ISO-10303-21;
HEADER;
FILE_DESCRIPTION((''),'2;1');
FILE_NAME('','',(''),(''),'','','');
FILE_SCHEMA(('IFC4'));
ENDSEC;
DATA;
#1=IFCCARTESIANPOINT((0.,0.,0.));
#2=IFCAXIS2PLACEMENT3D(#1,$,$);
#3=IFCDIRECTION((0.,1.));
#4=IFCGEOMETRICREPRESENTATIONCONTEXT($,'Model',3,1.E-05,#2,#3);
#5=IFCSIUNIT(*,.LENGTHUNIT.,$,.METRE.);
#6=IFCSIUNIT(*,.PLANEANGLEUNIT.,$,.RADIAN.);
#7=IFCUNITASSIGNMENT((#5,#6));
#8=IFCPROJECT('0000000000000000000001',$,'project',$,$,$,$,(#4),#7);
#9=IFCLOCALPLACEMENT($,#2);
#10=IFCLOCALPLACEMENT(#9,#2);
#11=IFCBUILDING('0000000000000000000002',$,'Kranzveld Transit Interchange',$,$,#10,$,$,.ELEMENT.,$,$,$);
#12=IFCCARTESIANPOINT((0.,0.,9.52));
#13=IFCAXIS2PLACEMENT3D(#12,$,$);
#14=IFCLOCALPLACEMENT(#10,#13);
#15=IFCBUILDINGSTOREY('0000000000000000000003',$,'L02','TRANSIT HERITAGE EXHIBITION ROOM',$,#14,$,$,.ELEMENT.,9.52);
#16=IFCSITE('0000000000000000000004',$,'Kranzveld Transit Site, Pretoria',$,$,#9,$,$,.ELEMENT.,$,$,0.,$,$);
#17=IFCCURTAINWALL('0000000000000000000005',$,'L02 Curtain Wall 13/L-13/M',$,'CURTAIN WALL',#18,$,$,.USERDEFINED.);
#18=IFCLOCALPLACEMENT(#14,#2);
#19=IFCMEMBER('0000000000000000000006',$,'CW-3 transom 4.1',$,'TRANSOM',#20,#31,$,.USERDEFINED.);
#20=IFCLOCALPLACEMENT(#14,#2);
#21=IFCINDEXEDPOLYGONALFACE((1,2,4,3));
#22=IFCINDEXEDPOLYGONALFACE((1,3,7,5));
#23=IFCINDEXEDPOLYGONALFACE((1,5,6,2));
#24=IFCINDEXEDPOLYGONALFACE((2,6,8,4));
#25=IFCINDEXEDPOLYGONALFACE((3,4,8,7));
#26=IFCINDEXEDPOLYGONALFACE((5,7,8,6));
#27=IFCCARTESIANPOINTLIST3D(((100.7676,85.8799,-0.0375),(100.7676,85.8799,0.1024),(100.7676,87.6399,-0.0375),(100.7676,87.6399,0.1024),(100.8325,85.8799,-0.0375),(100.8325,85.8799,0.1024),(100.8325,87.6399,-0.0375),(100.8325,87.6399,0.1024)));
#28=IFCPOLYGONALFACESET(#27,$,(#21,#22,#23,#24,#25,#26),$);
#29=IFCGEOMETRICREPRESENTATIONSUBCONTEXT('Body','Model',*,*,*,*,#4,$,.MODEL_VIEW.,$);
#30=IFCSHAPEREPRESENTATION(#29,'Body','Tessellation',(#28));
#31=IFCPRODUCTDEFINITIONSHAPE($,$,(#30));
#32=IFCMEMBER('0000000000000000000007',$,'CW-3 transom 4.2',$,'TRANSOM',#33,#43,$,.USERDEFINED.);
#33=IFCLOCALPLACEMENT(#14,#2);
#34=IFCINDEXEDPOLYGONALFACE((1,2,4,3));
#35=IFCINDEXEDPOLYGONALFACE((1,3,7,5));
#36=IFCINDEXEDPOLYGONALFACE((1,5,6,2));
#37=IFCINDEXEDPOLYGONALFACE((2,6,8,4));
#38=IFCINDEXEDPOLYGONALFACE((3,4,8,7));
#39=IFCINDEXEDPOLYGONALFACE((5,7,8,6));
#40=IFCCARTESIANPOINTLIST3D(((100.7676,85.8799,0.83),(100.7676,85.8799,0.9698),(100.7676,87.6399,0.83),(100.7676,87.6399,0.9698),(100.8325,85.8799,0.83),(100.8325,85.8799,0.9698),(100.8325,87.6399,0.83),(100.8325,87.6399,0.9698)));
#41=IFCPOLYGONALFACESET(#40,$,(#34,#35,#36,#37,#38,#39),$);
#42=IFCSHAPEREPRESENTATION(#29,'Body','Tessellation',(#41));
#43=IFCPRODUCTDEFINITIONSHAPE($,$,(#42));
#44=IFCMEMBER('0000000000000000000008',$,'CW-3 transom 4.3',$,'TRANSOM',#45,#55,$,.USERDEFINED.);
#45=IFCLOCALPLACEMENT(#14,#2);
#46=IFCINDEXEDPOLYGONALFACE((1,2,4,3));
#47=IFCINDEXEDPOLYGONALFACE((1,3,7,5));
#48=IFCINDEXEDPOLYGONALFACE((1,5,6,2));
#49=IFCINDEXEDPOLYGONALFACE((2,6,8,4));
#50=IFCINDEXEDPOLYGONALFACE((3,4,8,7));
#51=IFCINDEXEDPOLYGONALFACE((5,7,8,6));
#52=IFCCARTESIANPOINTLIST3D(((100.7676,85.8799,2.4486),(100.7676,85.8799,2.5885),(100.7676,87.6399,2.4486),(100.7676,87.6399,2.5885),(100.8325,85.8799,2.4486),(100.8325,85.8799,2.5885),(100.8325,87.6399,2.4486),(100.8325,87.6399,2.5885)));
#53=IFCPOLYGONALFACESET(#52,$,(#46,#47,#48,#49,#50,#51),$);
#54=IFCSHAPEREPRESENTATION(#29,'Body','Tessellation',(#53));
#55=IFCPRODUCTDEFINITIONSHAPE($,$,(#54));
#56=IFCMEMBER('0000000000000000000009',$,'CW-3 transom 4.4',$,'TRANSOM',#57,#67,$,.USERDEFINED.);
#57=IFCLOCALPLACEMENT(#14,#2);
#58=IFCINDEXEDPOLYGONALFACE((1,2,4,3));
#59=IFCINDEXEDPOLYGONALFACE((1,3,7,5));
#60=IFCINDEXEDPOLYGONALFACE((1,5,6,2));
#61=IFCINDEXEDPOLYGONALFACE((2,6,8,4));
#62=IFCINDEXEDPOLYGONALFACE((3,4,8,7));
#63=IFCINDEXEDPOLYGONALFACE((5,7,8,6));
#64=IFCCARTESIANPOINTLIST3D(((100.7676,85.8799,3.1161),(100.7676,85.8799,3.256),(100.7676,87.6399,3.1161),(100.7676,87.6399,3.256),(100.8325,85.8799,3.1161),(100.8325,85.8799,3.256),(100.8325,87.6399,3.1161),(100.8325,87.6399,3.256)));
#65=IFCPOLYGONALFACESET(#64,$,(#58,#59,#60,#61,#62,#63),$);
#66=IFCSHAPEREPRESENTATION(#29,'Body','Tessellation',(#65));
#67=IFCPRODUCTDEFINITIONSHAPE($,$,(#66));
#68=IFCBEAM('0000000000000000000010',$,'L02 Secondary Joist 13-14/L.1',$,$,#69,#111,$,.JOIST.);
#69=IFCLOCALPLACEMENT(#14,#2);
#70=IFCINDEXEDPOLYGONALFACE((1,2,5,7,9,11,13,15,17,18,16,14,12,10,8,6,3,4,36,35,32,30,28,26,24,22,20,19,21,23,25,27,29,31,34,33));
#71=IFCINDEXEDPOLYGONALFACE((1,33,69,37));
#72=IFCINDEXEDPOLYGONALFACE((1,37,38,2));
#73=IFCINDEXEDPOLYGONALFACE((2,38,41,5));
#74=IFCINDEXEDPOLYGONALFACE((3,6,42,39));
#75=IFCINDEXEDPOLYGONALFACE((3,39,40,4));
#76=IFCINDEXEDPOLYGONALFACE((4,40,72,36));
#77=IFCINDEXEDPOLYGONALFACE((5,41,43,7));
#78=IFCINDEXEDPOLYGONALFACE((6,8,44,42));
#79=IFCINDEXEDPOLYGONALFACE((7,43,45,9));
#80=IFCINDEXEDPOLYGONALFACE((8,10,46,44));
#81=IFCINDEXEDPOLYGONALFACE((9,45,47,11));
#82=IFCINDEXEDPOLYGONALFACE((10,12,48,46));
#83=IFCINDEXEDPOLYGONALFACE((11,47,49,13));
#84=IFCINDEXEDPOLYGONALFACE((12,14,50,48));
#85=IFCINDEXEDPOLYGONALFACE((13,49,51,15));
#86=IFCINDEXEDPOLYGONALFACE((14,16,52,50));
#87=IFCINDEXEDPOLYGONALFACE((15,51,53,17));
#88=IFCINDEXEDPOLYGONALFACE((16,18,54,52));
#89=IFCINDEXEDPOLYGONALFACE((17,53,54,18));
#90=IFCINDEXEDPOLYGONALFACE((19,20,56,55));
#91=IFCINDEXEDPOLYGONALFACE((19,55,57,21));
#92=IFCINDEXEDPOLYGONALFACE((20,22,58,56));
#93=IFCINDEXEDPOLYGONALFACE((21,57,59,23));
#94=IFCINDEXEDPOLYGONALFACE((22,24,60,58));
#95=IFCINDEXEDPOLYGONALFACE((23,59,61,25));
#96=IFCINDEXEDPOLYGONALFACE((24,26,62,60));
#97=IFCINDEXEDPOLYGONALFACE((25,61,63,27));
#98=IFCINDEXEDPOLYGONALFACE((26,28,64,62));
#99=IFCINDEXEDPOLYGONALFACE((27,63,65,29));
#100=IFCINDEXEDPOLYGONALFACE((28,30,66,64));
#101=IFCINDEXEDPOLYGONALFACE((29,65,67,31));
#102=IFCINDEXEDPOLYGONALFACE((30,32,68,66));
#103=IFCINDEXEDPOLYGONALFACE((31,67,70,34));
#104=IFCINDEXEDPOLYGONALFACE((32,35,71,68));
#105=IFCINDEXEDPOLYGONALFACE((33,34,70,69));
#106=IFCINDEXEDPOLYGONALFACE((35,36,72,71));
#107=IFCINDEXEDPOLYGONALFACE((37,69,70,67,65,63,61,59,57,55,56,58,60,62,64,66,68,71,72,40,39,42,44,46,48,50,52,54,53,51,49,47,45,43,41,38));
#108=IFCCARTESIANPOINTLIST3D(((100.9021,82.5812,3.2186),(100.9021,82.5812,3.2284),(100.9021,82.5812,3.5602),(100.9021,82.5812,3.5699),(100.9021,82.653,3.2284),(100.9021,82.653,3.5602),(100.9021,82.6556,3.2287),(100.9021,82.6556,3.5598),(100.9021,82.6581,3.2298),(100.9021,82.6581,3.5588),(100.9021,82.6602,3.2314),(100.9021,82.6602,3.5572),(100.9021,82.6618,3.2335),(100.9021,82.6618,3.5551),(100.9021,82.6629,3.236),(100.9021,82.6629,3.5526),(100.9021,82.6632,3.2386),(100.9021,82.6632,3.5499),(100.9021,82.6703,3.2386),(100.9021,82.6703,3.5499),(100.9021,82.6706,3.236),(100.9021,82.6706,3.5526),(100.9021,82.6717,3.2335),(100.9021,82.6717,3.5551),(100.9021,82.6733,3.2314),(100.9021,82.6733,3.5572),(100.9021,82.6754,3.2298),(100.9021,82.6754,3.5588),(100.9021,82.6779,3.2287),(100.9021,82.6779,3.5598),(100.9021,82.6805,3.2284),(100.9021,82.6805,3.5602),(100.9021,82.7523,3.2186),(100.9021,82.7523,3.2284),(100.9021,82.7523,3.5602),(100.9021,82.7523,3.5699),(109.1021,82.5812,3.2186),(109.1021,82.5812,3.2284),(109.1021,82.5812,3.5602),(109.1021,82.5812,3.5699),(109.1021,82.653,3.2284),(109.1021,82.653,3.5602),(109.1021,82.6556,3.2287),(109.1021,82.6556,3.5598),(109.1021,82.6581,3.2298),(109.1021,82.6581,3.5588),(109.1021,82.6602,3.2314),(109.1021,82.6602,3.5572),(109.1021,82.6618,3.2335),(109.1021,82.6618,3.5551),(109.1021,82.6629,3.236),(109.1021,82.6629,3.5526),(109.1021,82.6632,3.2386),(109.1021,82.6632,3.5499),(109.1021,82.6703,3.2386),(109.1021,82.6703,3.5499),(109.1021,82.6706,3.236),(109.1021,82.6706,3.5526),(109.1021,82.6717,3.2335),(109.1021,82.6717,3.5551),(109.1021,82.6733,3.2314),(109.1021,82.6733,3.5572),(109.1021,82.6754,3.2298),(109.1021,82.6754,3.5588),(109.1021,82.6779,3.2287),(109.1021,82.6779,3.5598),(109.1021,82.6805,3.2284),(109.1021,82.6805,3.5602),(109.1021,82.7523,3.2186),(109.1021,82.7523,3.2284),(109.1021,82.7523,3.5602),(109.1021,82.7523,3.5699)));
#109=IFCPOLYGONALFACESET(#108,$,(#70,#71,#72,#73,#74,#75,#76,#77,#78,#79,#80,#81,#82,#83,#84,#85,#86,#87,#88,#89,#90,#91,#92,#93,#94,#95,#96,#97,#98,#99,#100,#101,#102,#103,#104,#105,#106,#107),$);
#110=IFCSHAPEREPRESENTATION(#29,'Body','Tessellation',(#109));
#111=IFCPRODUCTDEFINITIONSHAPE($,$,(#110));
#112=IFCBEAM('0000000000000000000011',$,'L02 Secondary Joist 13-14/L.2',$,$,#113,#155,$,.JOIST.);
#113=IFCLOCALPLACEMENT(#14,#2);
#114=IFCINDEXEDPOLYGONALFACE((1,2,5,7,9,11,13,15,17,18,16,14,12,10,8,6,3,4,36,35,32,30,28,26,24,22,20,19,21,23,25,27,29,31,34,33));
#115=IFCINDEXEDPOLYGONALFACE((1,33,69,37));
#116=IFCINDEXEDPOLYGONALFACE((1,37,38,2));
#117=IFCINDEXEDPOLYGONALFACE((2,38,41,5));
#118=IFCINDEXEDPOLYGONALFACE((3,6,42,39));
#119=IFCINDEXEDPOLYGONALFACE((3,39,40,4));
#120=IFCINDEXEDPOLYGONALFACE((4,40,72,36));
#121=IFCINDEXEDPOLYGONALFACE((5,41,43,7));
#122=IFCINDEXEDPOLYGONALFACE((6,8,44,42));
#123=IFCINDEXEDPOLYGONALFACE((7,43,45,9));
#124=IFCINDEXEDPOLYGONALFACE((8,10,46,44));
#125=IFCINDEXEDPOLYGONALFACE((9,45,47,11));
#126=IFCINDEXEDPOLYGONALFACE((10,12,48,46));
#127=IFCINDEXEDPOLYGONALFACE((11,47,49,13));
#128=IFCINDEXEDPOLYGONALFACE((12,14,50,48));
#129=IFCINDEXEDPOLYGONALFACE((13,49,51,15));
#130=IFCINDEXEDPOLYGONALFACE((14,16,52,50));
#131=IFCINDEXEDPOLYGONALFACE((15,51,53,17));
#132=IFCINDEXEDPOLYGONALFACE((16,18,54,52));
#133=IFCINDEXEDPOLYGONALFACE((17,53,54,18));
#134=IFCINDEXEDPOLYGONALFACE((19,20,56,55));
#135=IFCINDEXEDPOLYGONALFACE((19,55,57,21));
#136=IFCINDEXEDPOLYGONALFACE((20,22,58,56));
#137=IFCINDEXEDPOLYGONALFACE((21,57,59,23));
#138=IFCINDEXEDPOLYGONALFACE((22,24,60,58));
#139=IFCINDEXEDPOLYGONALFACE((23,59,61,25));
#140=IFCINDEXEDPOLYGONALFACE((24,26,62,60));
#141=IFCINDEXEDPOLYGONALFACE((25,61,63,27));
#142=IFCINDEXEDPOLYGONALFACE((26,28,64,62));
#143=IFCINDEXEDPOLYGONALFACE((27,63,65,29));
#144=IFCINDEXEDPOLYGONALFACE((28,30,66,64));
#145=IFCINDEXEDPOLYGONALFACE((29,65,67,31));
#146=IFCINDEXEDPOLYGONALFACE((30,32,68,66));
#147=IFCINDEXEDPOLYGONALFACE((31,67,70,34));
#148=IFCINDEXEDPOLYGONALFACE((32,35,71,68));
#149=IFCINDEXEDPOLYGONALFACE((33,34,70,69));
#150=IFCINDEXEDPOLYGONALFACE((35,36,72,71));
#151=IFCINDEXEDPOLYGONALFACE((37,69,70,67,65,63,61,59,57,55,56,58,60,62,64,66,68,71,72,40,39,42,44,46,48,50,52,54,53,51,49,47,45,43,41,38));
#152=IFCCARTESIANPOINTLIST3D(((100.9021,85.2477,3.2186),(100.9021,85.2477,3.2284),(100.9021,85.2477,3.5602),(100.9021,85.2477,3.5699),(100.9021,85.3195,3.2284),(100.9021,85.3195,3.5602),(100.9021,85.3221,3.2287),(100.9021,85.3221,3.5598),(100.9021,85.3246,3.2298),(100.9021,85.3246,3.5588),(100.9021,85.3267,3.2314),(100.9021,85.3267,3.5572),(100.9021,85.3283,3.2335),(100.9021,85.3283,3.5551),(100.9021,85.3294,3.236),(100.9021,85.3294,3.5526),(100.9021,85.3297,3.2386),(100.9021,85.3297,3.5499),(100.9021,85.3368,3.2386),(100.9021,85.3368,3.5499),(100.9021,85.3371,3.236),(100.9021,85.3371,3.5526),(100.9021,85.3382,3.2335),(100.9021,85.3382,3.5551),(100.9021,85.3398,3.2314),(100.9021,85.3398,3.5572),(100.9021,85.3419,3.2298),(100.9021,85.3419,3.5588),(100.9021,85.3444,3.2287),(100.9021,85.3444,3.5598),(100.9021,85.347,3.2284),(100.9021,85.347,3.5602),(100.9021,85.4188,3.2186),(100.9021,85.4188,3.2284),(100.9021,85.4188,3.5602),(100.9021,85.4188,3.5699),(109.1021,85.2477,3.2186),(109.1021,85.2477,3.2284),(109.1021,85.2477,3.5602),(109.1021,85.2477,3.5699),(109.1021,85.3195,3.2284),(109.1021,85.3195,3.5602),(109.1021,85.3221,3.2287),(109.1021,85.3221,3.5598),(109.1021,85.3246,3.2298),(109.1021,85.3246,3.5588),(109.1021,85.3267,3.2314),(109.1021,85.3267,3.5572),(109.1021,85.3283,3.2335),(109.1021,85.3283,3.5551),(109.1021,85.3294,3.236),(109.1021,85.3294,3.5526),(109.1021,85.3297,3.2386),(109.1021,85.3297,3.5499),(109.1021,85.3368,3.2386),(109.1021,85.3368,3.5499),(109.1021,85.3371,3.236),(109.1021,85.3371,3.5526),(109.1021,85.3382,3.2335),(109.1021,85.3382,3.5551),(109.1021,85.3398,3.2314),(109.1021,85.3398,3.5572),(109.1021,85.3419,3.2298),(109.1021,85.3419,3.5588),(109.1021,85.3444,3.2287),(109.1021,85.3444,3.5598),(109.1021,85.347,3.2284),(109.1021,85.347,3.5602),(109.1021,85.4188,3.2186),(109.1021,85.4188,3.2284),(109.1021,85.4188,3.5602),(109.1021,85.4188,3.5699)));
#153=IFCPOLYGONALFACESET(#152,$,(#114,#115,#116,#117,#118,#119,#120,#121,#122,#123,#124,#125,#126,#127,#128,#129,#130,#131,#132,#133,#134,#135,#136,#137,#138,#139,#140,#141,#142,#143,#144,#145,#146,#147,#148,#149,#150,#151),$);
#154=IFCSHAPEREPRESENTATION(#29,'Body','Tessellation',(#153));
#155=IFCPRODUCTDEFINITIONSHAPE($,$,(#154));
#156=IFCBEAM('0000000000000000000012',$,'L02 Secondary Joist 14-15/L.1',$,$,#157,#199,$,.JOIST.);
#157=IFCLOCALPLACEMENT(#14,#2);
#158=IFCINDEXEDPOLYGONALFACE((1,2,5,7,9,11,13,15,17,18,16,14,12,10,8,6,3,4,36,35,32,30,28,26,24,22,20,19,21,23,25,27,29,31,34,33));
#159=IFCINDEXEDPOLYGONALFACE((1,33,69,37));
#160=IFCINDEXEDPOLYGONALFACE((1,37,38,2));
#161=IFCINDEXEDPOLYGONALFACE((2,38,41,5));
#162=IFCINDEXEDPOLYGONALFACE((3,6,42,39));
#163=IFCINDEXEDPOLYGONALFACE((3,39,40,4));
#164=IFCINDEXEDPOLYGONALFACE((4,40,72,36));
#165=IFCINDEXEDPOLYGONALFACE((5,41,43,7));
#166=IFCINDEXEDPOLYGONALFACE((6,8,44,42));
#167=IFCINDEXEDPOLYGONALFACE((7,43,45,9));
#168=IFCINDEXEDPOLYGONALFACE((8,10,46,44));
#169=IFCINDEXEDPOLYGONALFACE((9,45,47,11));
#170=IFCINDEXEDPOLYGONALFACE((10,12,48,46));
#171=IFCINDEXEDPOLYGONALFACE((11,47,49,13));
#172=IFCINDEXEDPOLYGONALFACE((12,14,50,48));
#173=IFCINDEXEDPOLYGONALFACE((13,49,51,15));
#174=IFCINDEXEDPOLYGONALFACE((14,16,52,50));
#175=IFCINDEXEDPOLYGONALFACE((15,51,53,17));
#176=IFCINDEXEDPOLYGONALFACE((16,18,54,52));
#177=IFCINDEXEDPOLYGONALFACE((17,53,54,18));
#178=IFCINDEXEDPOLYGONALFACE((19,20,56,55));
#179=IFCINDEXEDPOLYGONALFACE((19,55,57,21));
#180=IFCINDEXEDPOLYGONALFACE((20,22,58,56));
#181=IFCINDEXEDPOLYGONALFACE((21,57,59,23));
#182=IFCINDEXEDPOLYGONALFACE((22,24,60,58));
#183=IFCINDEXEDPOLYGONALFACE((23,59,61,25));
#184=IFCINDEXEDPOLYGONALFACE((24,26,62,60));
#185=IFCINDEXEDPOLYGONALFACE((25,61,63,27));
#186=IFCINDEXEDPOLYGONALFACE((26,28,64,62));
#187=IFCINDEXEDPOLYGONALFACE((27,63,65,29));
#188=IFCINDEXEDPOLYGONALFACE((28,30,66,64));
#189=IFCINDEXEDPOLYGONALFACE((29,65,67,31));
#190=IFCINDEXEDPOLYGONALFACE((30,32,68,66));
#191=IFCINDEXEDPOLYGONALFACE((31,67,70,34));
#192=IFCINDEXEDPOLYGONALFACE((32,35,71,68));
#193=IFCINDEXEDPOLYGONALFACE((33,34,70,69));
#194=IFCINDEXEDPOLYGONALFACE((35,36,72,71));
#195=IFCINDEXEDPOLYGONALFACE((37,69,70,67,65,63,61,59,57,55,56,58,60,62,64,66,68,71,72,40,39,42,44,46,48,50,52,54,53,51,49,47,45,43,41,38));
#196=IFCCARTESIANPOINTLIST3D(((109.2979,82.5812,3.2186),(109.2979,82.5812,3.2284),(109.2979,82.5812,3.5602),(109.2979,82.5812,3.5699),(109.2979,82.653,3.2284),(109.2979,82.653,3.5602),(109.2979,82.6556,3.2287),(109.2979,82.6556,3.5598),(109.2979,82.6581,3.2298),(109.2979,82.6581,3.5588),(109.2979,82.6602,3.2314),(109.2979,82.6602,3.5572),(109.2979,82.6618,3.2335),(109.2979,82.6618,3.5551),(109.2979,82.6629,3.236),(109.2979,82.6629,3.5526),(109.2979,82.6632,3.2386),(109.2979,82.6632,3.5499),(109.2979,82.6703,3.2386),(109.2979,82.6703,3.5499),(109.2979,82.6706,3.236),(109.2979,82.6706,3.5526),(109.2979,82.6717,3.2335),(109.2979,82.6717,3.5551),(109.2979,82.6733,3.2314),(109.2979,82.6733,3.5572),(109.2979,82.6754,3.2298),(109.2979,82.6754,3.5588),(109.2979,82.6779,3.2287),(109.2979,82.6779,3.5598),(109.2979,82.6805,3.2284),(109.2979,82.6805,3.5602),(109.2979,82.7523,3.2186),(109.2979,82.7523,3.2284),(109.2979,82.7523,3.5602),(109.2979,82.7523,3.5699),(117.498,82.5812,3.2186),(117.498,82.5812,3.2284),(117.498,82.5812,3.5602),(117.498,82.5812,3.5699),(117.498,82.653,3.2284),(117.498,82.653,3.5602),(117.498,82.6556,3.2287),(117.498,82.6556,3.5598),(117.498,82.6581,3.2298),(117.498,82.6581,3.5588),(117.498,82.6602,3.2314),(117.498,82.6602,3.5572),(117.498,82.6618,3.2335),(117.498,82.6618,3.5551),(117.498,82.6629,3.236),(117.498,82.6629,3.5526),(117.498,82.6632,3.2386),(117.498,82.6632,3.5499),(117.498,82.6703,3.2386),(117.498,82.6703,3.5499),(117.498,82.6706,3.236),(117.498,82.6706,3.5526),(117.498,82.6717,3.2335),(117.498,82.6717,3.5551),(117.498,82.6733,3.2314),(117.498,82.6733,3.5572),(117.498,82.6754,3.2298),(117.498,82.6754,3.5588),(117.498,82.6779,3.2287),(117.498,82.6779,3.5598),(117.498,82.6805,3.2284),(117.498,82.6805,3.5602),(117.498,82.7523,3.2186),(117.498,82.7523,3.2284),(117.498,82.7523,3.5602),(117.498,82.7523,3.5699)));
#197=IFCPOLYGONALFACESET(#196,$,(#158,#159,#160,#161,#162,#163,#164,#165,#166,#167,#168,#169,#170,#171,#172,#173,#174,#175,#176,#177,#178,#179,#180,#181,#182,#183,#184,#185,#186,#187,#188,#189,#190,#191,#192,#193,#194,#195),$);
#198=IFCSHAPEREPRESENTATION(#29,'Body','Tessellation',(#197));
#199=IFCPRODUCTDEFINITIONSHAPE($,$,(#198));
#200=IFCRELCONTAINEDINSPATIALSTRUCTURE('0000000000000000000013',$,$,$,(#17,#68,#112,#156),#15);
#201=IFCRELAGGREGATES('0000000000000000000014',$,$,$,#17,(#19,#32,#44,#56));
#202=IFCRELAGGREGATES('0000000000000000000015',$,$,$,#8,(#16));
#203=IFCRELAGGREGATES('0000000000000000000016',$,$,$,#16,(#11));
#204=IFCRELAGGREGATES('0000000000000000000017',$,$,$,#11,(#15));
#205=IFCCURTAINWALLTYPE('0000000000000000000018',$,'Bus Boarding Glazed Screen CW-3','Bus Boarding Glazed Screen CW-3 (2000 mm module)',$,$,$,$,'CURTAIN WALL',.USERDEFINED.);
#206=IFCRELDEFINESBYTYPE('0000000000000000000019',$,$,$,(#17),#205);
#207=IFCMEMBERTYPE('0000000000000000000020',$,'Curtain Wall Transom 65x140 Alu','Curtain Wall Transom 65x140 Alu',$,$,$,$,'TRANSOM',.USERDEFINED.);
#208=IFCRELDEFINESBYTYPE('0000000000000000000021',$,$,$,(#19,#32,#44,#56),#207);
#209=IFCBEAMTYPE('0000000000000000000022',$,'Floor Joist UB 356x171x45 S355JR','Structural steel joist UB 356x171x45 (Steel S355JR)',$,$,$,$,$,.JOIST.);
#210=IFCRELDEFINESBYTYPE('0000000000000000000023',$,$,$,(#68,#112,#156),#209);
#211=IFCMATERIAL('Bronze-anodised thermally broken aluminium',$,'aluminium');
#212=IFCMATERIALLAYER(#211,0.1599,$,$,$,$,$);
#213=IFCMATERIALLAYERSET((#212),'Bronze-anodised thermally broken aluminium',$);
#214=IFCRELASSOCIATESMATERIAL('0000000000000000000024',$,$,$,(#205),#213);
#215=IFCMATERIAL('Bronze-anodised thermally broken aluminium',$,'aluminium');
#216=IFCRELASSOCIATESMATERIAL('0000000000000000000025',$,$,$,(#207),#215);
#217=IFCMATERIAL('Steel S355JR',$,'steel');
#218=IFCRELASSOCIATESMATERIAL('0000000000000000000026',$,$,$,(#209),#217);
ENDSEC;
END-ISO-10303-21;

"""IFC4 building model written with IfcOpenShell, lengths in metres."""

from ifc_helpers import new_model, si_unit, direction, frame, origin, origin_2d, place, context, subcontext, project, spatial, rectangle, i_section, extrude, material, layer, layer_set, material_profile, profile_set, type_object, element, aggregate, save


model = new_model("IFC4")

# Units and contexts
model_context = context("Model", 3, precision=1e-05, world=origin(), true_north=direction((0.0, 1.0)))
body_context = subcontext(model_context, "Body", "Model", "MODEL_VIEW")
ifc_project = project(units=[si_unit("LENGTHUNIT", "METRE"), si_unit("PLANEANGLEUNIT", "RADIAN")], contexts=[model_context])

# Site, building, storey
site_placement = place(None, origin())
site = spatial("IfcSite", under=ifc_project, at=site_placement, Name="Kranzveld Transit Site, Pretoria", CompositionType="ELEMENT", RefElevation=0.0)
building_placement = place(site_placement, origin())
building = spatial("IfcBuilding", under=site, at=building_placement, Name="Kranzveld Transit Interchange", CompositionType="ELEMENT")
storey_placement = place(building_placement, frame((0.0, 0.0, 9.52)))
storey = spatial("IfcBuildingStorey", under=building, at=storey_placement, Name="L02", Description="TRANSIT HERITAGE EXHIBITION ROOM", CompositionType="ELEMENT", Elevation=9.52)

# Curtain wall, members
ifc_material_1 = material(Name="Bronze-anodised thermally broken aluminium", Category="aluminium")
ifc_layer_1 = layer(ifc_material_1, 0.1599)
ifc_layer_set_1 = layer_set([ifc_layer_1], Name="Bronze-anodised thermally broken aluminium")
curtain_wall_type = type_object("IfcCurtainWallType", Name="Bus Boarding Glazed Screen CW-3", Description="Bus Boarding Glazed Screen CW-3 (2000 mm module)", ElementType="CURTAIN WALL", PredefinedType="USERDEFINED", material=ifc_layer_set_1)
curtain_wall_placement = place(storey_placement, origin())
curtain_wall = element("IfcCurtainWall", 1, at=curtain_wall_placement, inside=storey, type_object=curtain_wall_type, Name="L02 Curtain Wall 13/L-13/M", ObjectType="CURTAIN WALL", PredefinedType="USERDEFINED")
ifc_material_2 = material(Name="Bronze-anodised thermally broken aluminium", Category="aluminium")
ifc_material_profile_1 = material_profile(ifc_material_2, rectangle(XDim=0.0649, YDim=0.1399, at=origin_2d()), Name="ALU TRANSOM 65x140")
ifc_profile_set_1 = profile_set([ifc_material_profile_1], Name="Bronze-anodised thermally broken aluminium")
member_type_1 = type_object("IfcMemberType", Name="Curtain Wall Transom 65x140 Alu", Description="Curtain Wall Transom 65x140 Alu", ElementType="TRANSOM", PredefinedType="USERDEFINED", material=ifc_profile_set_1)
member_1_placement = place(storey_placement, frame((100.8, 85.8799, 0.0325), z_axis=(0.0, 1.0, 0.0), x_axis=(-1.0, 0.0, 0.0)))
member_1 = element("IfcMember", 2, at=member_1_placement, type_object=member_type_1, Name="CW-3 transom 4.1", ObjectType="TRANSOM", PredefinedType="USERDEFINED", context=body_context, shape_type="SweptSolid", body=[
    extrude(rectangle(XDim=0.0649, YDim=0.1399, at=origin_2d()), origin(), (0.0, 0.0, 1.0), 1.76),
])
member_2_placement = place(storey_placement, frame((100.8, 85.8799, 0.8999), z_axis=(0.0, 1.0, 0.0), x_axis=(-1.0, 0.0, 0.0)))
member_2 = element("IfcMember", 3, at=member_2_placement, type_object=member_type_1, Name="CW-3 transom 4.2", ObjectType="TRANSOM", PredefinedType="USERDEFINED", context=body_context, shape_type="SweptSolid", body=[
    extrude(rectangle(XDim=0.0649, YDim=0.1399, at=origin_2d()), origin(), (0.0, 0.0, 1.0), 1.76),
])
member_3_placement = place(storey_placement, frame((100.8, 85.8799, 2.5186), z_axis=(0.0, 1.0, 0.0), x_axis=(-1.0, 0.0, 0.0)))
member_3 = element("IfcMember", 4, at=member_3_placement, type_object=member_type_1, Name="CW-3 transom 4.3", ObjectType="TRANSOM", PredefinedType="USERDEFINED", context=body_context, shape_type="SweptSolid", body=[
    extrude(rectangle(XDim=0.0649, YDim=0.1399, at=origin_2d()), origin(), (0.0, 0.0, 1.0), 1.76),
])
member_4_placement = place(storey_placement, frame((100.8, 85.8799, 3.186), z_axis=(0.0, 1.0, 0.0), x_axis=(-1.0, 0.0, 0.0)))
member_4 = element("IfcMember", 5, at=member_4_placement, type_object=member_type_1, Name="CW-3 transom 4.4", ObjectType="TRANSOM", PredefinedType="USERDEFINED", context=body_context, shape_type="SweptSolid", body=[
    extrude(rectangle(XDim=0.0649, YDim=0.1399, at=origin_2d()), origin(), (0.0, 0.0, 1.0), 1.76),
])

# Beams
ifc_material_3 = material(Name="Steel S355JR", Category="steel")
ifc_material_profile_2 = material_profile(ifc_material_3, i_section(OverallWidth=0.1711, OverallDepth=0.3513, WebThickness=0.0071, FlangeThickness=0.0098, FilletRadius=0.0103, at=origin_2d()), Name="UB 356x171x45")
ifc_profile_set_2 = profile_set([ifc_material_profile_2], Name="Steel S355JR")
beam_type_1 = type_object("IfcBeamType", Name="Floor Joist UB 356x171x45 S355JR", Description="Structural steel joist UB 356x171x45 (Steel S355JR)", PredefinedType="JOIST", material=ifc_profile_set_2)
for number, where, z_axis, x_axis, name in (
    (6, (100.9021, 82.6667, 3.3943), (1.0, 0.0, 0.0), (0.0, 1.0, 0.0), "L02 Secondary Joist 13-14/L.1"),
    (7, (100.9021, 85.3333, 3.3943), (1.0, 0.0, 0.0), (0.0, 1.0, 0.0), "L02 Secondary Joist 13-14/L.2"),
):
    element("IfcBeam", number, at=place(storey_placement, frame(where, z_axis=z_axis, x_axis=x_axis)), inside=storey, type_object=beam_type_1, Name=name, PredefinedType="JOIST", context=body_context, shape_type="SweptSolid", body=[
        extrude(i_section(OverallWidth=0.1711, OverallDepth=0.3513, WebThickness=0.0071, FlangeThickness=0.0098, FilletRadius=0.0103, at=origin_2d()), origin(), (0.0, 0.0, 1.0), 8.2),
    ])
for number, where, z_axis, x_axis, name in (
    (8, (109.2979, 82.6667, 3.3943), (1.0, 0.0, 0.0), (0.0, 1.0, 0.0), "L02 Secondary Joist 14-15/L.1"),
):
    element("IfcBeam", number, at=place(storey_placement, frame(where, z_axis=z_axis, x_axis=x_axis)), inside=storey, type_object=beam_type_1, Name=name, PredefinedType="JOIST", context=body_context, shape_type="SweptSolid", body=[
        extrude(i_section(OverallWidth=0.1711, OverallDepth=0.3513, WebThickness=0.0071, FlangeThickness=0.0098, FilletRadius=0.0103, at=origin_2d()), origin(), (0.0, 0.0, 1.0), 8.2002),
    ])

aggregate(curtain_wall, [member_1, member_2, member_3, member_4])

save(model, "model.ifc")
